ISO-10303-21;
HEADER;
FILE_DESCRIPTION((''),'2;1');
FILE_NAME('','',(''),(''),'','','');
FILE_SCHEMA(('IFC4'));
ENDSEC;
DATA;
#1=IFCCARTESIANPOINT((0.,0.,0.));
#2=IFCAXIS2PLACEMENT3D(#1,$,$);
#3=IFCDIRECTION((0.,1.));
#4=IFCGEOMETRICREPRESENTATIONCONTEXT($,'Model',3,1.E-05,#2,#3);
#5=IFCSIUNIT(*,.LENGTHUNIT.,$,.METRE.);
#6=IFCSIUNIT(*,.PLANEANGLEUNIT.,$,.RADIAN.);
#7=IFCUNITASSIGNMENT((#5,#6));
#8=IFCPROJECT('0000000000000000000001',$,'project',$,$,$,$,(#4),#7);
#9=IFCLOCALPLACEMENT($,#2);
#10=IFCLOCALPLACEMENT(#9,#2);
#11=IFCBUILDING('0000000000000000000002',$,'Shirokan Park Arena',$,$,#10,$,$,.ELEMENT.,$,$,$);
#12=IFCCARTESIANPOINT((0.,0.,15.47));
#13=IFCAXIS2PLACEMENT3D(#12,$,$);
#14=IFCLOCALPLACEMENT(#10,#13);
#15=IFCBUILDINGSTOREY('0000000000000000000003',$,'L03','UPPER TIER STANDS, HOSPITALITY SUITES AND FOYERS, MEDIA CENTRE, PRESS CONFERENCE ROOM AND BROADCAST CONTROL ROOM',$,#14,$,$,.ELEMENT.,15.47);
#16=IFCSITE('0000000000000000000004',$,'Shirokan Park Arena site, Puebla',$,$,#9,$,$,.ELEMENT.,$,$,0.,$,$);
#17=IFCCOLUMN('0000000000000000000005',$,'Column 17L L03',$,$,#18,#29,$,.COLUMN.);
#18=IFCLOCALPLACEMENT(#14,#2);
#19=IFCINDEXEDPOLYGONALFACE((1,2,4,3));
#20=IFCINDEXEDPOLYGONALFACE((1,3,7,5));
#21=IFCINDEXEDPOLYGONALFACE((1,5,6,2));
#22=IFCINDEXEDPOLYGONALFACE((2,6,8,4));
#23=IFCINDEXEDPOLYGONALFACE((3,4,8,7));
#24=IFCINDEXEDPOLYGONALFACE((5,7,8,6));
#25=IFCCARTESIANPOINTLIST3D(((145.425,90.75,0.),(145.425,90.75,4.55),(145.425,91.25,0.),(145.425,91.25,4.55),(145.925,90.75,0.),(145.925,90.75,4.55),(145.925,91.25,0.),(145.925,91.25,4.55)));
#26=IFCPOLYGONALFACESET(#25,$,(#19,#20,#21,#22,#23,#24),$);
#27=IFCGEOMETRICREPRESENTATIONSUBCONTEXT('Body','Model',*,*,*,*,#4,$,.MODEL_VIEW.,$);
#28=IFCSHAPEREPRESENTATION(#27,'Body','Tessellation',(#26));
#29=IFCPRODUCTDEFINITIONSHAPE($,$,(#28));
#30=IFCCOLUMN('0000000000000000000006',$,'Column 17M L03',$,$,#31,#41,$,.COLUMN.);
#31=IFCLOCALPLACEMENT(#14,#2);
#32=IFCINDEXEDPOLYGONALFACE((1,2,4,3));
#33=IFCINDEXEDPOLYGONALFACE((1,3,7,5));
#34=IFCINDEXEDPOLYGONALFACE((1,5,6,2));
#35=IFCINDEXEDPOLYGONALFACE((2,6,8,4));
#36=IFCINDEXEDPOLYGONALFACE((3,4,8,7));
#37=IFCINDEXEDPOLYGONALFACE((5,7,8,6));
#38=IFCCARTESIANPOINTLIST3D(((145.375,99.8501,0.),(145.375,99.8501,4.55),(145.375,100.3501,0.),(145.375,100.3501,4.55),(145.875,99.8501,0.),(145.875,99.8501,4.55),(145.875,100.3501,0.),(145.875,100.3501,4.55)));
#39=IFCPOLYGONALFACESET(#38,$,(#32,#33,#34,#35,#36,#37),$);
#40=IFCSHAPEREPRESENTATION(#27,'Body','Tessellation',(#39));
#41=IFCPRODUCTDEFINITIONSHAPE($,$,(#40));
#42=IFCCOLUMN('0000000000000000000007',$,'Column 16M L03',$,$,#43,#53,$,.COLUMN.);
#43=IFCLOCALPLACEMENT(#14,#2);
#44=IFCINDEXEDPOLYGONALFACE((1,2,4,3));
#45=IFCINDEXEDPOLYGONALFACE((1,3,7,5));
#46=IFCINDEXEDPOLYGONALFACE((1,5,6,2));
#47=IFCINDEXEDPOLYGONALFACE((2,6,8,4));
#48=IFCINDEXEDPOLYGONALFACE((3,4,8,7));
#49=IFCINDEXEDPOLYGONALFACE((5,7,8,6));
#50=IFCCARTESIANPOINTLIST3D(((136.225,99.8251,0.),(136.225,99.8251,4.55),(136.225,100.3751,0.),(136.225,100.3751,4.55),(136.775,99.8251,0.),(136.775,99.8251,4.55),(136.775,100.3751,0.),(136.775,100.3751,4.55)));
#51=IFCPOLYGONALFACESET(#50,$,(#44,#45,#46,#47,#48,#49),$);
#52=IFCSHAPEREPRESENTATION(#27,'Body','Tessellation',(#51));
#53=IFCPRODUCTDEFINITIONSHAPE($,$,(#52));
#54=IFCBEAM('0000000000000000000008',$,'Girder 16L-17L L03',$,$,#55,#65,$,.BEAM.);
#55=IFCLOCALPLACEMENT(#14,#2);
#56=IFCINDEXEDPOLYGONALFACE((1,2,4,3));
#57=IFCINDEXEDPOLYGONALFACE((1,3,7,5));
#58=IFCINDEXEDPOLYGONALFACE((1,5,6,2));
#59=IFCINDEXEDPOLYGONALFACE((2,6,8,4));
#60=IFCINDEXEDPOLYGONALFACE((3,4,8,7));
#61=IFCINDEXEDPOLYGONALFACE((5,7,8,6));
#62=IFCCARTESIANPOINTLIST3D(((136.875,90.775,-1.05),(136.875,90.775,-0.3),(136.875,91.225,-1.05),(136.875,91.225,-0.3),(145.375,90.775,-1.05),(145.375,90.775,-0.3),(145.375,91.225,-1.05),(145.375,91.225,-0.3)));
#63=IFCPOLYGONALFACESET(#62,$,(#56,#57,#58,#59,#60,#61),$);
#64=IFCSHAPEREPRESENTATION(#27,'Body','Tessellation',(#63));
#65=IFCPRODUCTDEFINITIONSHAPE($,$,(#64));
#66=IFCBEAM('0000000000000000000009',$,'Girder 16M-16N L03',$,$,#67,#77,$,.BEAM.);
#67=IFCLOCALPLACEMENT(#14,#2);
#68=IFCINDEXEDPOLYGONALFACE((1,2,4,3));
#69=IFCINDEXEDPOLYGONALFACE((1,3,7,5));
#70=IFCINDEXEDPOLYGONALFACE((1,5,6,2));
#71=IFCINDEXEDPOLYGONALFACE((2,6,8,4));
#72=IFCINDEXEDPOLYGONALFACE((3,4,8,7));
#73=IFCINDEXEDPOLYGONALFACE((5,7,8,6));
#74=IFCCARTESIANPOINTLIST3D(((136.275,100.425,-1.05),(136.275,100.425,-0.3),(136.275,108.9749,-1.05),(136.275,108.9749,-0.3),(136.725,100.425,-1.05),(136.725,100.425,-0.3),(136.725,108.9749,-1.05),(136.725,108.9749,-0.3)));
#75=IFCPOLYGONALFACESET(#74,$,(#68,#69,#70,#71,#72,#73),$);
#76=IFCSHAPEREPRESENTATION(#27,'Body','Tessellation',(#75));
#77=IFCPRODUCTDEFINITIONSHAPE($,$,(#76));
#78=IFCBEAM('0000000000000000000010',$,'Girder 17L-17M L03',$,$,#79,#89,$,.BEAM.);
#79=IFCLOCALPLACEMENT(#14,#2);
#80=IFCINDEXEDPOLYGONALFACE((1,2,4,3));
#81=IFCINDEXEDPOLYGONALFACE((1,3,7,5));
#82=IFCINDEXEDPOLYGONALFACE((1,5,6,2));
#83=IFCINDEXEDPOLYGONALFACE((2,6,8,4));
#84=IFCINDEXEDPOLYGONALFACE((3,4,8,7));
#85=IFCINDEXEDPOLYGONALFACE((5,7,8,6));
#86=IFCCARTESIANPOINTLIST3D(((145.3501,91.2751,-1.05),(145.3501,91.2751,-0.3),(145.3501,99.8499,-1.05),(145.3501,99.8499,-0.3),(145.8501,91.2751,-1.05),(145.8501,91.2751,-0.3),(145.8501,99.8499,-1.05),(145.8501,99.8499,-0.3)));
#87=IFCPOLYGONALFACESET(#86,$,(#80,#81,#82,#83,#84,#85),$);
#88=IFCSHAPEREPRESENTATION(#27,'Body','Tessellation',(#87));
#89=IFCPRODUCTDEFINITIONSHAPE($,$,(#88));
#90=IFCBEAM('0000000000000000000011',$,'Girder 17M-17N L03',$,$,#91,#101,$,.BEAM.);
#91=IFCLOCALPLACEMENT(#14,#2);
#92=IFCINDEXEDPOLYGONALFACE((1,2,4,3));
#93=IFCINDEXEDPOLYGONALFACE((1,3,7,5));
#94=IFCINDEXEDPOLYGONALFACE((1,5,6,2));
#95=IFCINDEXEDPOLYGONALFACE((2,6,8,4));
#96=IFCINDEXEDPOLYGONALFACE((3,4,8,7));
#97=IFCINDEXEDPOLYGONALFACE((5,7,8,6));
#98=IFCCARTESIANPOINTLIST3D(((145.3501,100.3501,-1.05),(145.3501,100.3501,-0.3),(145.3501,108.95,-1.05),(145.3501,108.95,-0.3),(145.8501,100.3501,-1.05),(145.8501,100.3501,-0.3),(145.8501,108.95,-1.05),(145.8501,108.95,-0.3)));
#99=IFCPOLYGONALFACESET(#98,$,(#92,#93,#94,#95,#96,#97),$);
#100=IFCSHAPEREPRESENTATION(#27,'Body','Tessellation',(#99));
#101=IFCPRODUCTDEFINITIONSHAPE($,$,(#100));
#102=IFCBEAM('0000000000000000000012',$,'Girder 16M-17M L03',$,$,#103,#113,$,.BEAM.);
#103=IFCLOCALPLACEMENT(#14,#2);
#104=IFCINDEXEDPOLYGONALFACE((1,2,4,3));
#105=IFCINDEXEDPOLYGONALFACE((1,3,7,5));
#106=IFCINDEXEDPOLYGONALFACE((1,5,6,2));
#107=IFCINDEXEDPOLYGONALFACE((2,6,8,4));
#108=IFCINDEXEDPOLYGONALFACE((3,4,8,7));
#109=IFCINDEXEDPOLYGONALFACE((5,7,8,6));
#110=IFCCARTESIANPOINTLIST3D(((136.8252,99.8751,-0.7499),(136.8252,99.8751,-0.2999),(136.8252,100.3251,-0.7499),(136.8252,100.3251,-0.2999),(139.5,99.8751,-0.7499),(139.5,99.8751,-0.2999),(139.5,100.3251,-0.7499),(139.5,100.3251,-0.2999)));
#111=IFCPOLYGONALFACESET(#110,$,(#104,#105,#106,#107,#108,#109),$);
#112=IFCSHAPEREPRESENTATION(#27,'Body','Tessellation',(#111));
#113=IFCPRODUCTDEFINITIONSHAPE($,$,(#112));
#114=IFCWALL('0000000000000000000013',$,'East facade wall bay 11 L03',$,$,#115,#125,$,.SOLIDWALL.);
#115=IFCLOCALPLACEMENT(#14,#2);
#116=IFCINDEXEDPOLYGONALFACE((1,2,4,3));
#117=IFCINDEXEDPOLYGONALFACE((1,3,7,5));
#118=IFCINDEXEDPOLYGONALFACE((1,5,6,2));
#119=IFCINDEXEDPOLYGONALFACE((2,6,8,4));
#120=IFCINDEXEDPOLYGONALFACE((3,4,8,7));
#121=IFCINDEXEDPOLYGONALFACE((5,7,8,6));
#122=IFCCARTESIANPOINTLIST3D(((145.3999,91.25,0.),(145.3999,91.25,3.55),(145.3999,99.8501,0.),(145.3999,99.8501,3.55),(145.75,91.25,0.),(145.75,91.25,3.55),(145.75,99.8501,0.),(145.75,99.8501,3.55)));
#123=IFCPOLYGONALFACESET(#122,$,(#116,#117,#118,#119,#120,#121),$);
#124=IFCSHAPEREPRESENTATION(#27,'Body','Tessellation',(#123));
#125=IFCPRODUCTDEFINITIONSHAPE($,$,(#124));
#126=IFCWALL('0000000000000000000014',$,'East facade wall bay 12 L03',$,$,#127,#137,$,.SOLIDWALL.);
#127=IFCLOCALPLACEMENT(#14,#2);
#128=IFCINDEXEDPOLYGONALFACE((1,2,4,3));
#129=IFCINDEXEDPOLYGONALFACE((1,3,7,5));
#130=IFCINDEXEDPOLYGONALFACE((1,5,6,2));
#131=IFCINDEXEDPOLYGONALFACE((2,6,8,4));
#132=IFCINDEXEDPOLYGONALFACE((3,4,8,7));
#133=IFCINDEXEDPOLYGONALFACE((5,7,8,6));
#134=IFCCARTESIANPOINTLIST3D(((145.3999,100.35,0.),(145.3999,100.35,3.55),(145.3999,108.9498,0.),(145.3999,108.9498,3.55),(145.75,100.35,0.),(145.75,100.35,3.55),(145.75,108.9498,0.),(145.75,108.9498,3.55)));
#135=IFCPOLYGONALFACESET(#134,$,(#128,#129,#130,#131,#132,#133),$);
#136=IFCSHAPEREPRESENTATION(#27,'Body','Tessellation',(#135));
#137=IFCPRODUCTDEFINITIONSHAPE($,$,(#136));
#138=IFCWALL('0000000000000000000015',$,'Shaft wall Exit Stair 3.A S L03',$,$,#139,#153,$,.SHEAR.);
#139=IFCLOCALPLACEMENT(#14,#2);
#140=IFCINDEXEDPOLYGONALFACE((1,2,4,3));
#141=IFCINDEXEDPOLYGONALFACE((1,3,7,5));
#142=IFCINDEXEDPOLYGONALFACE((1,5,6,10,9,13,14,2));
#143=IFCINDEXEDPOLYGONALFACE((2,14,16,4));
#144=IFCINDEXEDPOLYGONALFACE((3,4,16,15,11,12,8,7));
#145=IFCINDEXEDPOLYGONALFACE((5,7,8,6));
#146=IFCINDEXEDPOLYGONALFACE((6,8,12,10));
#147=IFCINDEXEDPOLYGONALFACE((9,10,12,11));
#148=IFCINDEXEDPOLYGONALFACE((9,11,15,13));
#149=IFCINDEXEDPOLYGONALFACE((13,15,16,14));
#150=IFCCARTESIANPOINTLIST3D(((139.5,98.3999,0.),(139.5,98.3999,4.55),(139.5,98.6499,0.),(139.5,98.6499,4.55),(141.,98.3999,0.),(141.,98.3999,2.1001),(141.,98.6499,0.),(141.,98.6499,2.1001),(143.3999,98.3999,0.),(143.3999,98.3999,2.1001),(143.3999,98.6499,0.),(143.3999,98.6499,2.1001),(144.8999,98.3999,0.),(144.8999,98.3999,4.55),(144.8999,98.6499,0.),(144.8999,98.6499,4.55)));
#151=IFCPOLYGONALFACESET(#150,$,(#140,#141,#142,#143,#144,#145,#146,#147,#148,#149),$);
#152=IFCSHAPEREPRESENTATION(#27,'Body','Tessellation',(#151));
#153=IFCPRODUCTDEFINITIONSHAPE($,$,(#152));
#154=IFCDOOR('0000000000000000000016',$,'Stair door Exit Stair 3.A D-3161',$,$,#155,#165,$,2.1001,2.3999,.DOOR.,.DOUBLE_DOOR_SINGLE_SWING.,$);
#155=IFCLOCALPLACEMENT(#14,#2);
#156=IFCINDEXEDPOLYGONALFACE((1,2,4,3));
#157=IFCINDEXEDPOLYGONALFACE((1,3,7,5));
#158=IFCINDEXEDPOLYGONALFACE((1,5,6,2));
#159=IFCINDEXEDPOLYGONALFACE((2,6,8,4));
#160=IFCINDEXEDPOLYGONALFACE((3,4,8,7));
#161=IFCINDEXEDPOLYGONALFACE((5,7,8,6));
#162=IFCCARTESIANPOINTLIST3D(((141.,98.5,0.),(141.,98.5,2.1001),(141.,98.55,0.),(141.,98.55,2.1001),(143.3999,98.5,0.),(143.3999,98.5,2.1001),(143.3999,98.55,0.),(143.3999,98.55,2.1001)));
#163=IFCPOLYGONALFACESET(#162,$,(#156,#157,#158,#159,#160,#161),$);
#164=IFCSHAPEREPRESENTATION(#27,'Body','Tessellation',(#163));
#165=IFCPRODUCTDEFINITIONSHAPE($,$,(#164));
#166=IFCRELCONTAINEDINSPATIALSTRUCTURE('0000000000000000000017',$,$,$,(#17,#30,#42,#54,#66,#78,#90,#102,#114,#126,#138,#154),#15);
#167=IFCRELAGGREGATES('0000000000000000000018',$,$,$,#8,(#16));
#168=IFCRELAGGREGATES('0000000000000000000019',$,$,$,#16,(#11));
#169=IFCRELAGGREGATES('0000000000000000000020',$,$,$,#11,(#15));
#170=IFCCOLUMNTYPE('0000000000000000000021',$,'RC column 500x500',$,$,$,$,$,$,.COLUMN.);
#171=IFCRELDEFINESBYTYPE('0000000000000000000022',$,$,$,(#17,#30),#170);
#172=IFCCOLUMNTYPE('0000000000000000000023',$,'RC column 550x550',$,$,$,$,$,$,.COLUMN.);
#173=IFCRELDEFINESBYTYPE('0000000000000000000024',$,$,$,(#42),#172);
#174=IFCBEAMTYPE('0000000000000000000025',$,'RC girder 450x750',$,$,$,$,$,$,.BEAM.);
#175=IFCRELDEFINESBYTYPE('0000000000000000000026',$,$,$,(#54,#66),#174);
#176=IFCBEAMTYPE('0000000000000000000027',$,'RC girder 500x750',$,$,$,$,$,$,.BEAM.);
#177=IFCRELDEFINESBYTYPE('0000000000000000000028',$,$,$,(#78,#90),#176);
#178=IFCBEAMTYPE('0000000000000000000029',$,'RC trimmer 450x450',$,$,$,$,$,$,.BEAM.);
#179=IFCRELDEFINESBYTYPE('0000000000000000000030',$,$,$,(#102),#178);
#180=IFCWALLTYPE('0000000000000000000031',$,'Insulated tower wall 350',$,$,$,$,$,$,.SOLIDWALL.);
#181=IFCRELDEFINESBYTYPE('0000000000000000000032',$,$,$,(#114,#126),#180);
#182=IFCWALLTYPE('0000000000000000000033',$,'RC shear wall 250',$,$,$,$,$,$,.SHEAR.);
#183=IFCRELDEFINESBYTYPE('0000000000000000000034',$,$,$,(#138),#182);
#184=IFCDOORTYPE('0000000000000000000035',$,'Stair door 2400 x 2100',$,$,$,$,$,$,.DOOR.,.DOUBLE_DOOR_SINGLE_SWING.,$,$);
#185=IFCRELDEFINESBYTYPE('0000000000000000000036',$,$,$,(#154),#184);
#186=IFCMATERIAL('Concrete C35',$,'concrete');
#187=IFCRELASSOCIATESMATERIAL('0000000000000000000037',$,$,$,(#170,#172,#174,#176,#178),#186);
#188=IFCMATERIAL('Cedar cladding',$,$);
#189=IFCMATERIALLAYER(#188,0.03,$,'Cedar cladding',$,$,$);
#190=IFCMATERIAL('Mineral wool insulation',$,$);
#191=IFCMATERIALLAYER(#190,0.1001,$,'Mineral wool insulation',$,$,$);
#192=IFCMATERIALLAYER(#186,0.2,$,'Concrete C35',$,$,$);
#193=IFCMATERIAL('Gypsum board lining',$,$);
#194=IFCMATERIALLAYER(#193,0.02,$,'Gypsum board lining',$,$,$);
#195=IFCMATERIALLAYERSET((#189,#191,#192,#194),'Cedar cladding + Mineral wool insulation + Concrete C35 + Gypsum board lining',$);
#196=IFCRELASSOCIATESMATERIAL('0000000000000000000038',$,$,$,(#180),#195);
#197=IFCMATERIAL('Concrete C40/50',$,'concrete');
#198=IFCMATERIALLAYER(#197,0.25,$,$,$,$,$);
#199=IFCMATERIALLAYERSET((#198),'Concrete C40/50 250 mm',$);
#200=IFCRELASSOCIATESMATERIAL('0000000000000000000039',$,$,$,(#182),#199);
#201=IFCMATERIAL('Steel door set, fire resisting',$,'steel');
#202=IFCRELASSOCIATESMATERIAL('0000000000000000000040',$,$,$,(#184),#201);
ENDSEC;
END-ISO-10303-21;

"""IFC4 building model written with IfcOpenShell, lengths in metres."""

from ifc_helpers import new_model, si_unit, direction, frame, frame_2d, origin, origin_2d, place, context, subcontext, project, spatial, rectangle, extrude, material, layer, layer_set, material_profile, profile_set, type_object, element, fill, save


model = new_model("IFC4")

# Units and contexts
model_context = context("Model", 3, precision=1e-05, world=origin(), true_north=direction((0.0, 1.0)))
body_context = subcontext(model_context, "Body", "Model", "MODEL_VIEW")
ifc_project = project(units=[si_unit("LENGTHUNIT", "METRE"), si_unit("PLANEANGLEUNIT", "RADIAN")], contexts=[model_context])

# Site, building, storey
site_placement = place(None, origin())
site = spatial("IfcSite", under=ifc_project, at=site_placement, Name="Shirokan Park Arena site, Puebla", CompositionType="ELEMENT", RefElevation=0.0)
building_placement = place(site_placement, origin())
building = spatial("IfcBuilding", under=site, at=building_placement, Name="Shirokan Park Arena", CompositionType="ELEMENT")
storey_placement = place(building_placement, frame((0.0, 0.0, 15.47)))
storey = spatial("IfcBuildingStorey", under=building, at=storey_placement, Name="L03", Description="UPPER TIER STANDS, HOSPITALITY SUITES AND FOYERS, MEDIA CENTRE, PRESS CONFERENCE ROOM AND BROADCAST CONTROL ROOM", CompositionType="ELEMENT", Elevation=15.47)

# Columns
ifc_material_1 = material(Name="Concrete C35", Category="concrete")
ifc_material_profile_1 = material_profile(ifc_material_1, rectangle(XDim=0.5, YDim=0.5, at=origin_2d()), Name="500x500")
ifc_profile_set_1 = profile_set([ifc_material_profile_1], Name="Concrete C35")
column_type_1 = type_object("IfcColumnType", Name="RC column 500x500", PredefinedType="COLUMN", material=ifc_profile_set_1)
for number, where, z_axis, x_axis, name in (
    (1, (145.675, 91.0, 0.0), (0.0, 0.0, 1.0), (1.0, 0.0, 0.0), "Column 17L L03"),
    (2, (145.625, 100.1001, 0.0), (0.0, 0.0, 1.0), (1.0, 0.0, 0.0), "Column 17M L03"),
):
    element("IfcColumn", number, at=place(storey_placement, frame(where, z_axis=z_axis, x_axis=x_axis)), inside=storey, type_object=column_type_1, Name=name, PredefinedType="COLUMN", context=body_context, shape_type="SweptSolid", body=[
        extrude(rectangle(XDim=0.5, YDim=0.5, at=origin_2d()), origin(), (0.0, 0.0, 1.0), 4.55),
    ])
ifc_material_profile_2 = material_profile(ifc_material_1, rectangle(XDim=0.55, YDim=0.55, at=origin_2d()), Name="550x550")
ifc_profile_set_2 = profile_set([ifc_material_profile_2], Name="Concrete C35")
column_type_2 = type_object("IfcColumnType", Name="RC column 550x550", PredefinedType="COLUMN", material=ifc_profile_set_2)
column_placement = place(storey_placement, frame((136.5, 100.1001, 0.0), z_axis=(0.0, 0.0, 1.0), x_axis=(1.0, 0.0, 0.0)))
element("IfcColumn", 3, at=column_placement, inside=storey, type_object=column_type_2, Name="Column 16M L03", PredefinedType="COLUMN", context=body_context, shape_type="SweptSolid", body=[
    extrude(rectangle(XDim=0.55, YDim=0.55, at=origin_2d()), origin(), (0.0, 0.0, 1.0), 4.55),
])

# Beams
ifc_material_profile_3 = material_profile(ifc_material_1, rectangle(XDim=0.45, YDim=0.75, at=origin_2d()), Name="450x750")
ifc_profile_set_3 = profile_set([ifc_material_profile_3], Name="Concrete C35")
beam_type_1 = type_object("IfcBeamType", Name="RC girder 450x750", PredefinedType="BEAM", material=ifc_profile_set_3)
beam_1_placement = place(storey_placement, frame((136.875, 91.0, -0.675), z_axis=(1.0, 0.0, 0.0), x_axis=(0.0, 1.0, 0.0)))
element("IfcBeam", 4, at=beam_1_placement, inside=storey, type_object=beam_type_1, Name="Girder 16L-17L L03", PredefinedType="BEAM", context=body_context, shape_type="SweptSolid", body=[
    extrude(rectangle(XDim=0.45, YDim=0.75, at=origin_2d()), origin(), (0.0, 0.0, 1.0), 8.5),
])
beam_2_placement = place(storey_placement, frame((136.5, 100.425, -0.675), z_axis=(0.0, 1.0, 0.0), x_axis=(-1.0, 0.0, 0.0)))
element("IfcBeam", 5, at=beam_2_placement, inside=storey, type_object=beam_type_1, Name="Girder 16M-16N L03", PredefinedType="BEAM", context=body_context, shape_type="SweptSolid", body=[
    extrude(rectangle(XDim=0.45, YDim=0.75, at=origin_2d()), origin(), (0.0, 0.0, 1.0), 8.5498),
])
ifc_material_profile_4 = material_profile(ifc_material_1, rectangle(XDim=0.5, YDim=0.75, at=origin_2d()), Name="500x750")
ifc_profile_set_4 = profile_set([ifc_material_profile_4], Name="Concrete C35")
beam_type_2 = type_object("IfcBeamType", Name="RC girder 500x750", PredefinedType="BEAM", material=ifc_profile_set_4)
beam_3_placement = place(storey_placement, frame((145.6001, 91.2751, -0.675), z_axis=(0.0, 1.0, 0.0), x_axis=(-1.0, 0.0, 0.0)))
element("IfcBeam", 6, at=beam_3_placement, inside=storey, type_object=beam_type_2, Name="Girder 17L-17M L03", PredefinedType="BEAM", context=body_context, shape_type="SweptSolid", body=[
    extrude(rectangle(XDim=0.5, YDim=0.75, at=origin_2d()), origin(), (0.0, 0.0, 1.0), 8.5747),
])
beam_4_placement = place(storey_placement, frame((145.6001, 100.3501, -0.675), z_axis=(0.0, 1.0, 0.0), x_axis=(-1.0, 0.0, 0.0)))
element("IfcBeam", 7, at=beam_4_placement, inside=storey, type_object=beam_type_2, Name="Girder 17M-17N L03", PredefinedType="BEAM", context=body_context, shape_type="SweptSolid", body=[
    extrude(rectangle(XDim=0.5, YDim=0.75, at=origin_2d()), origin(), (0.0, 0.0, 1.0), 8.5999),
])
ifc_material_profile_5 = material_profile(ifc_material_1, rectangle(XDim=0.45, YDim=0.45, at=origin_2d()), Name="450x450")
ifc_profile_set_5 = profile_set([ifc_material_profile_5], Name="Concrete C35")
beam_type_3 = type_object("IfcBeamType", Name="RC trimmer 450x450", PredefinedType="BEAM", material=ifc_profile_set_5)
beam_5_placement = place(storey_placement, frame((136.8252, 100.1001, -0.5249), z_axis=(1.0, 0.0, 0.0), x_axis=(0.0, 1.0, 0.0)))
element("IfcBeam", 8, at=beam_5_placement, inside=storey, type_object=beam_type_3, Name="Girder 16M-17M L03", PredefinedType="BEAM", context=body_context, shape_type="SweptSolid", body=[
    extrude(rectangle(XDim=0.45, YDim=0.45, at=origin_2d()), origin(), (0.0, 0.0, 1.0), 2.6748),
])

# Walls
ifc_material_2 = material(Name="Cedar cladding")
ifc_layer_1 = layer(ifc_material_2, 0.03, Name="Cedar cladding")
ifc_material_3 = material(Name="Mineral wool insulation")
ifc_layer_2 = layer(ifc_material_3, 0.1001, Name="Mineral wool insulation")
ifc_layer_3 = layer(ifc_material_1, 0.2, Name="Concrete C35")
ifc_material_4 = material(Name="Gypsum board lining")
ifc_layer_4 = layer(ifc_material_4, 0.02, Name="Gypsum board lining")
ifc_layer_set_1 = layer_set([ifc_layer_1, ifc_layer_2, ifc_layer_3, ifc_layer_4], Name="Cedar cladding + Mineral wool insulation + Concrete C35 + Gypsum board lining")
wall_type_1 = type_object("IfcWallType", Name="Insulated tower wall 350", PredefinedType="SOLIDWALL", material=ifc_layer_set_1)
wall_1_placement = place(storey_placement, frame((145.575, 91.25, 0.0), z_axis=(0.0, 0.0, 1.0), x_axis=(0.0, 1.0, 0.0)))
element("IfcWall", 9, at=wall_1_placement, inside=storey, type_object=wall_type_1, Name="East facade wall bay 11 L03", PredefinedType="SOLIDWALL", context=body_context, shape_type="SweptSolid", body=[
    extrude(rectangle(XDim=8.6001, YDim=0.3501, at=frame_2d((4.3, 0.0))), origin(), (0.0, 0.0, 1.0), 3.55),
])
wall_2_placement = place(storey_placement, frame((145.575, 100.3501, 0.0), z_axis=(0.0, 0.0, 1.0), x_axis=(0.0, 1.0, 0.0)))
element("IfcWall", 10, at=wall_2_placement, inside=storey, type_object=wall_type_1, Name="East facade wall bay 12 L03", PredefinedType="SOLIDWALL", context=body_context, shape_type="SweptSolid", body=[
    extrude(rectangle(XDim=8.5999, YDim=0.3501, at=frame_2d((4.2998, 0.0))), origin(), (0.0, 0.0, 1.0), 3.55),
])

# Wall, opening, door
ifc_material_5 = material(Name="Concrete C40/50", Category="concrete")
ifc_layer_5 = layer(ifc_material_5, 0.25)
ifc_layer_set_2 = layer_set([ifc_layer_5], Name="Concrete C40/50 250 mm")
wall_type_2 = type_object("IfcWallType", Name="RC shear wall 250", PredefinedType="SHEAR", material=ifc_layer_set_2)
wall_3_placement = place(storey_placement, frame((144.8999, 98.5249, 0.0), z_axis=(0.0, 0.0, 1.0), x_axis=(-1.0, 0.0, 0.0)))
wall_3 = element("IfcWall", 11, at=wall_3_placement, inside=storey, type_object=wall_type_2, Name="Shaft wall Exit Stair 3.A S L03", PredefinedType="SHEAR", context=body_context, shape_type="SweptSolid", body=[
    extrude(rectangle(XDim=5.3999, YDim=0.25, at=frame_2d((2.7, 0.0))), origin(), (0.0, 0.0, 1.0), 4.55),
])
opening_1_placement = place(wall_3_placement, frame((1.5, 0.0, 0.0)))
opening_1 = element("IfcOpeningElement", 12, at=opening_1_placement, cuts=wall_3, PredefinedType="OPENING", context=body_context, shape_type="SweptSolid", body=[
    extrude(rectangle(XDim=2.3999, YDim=2.1001, at=frame_2d((1.2, 1.05))), frame((0.0, 0.135, 0.0), z_axis=(0.0, -1.0, 0.0), x_axis=(1.0, 0.0, 0.0)), (0.0, 0.0, 1.0), 0.27),
])
ifc_material_6 = material(Name="Steel door set, fire resisting", Category="steel")
door_type = type_object("IfcDoorType", Name="Stair door 2400 x 2100", OperationType="DOUBLE_DOOR_SINGLE_SWING", PredefinedType="DOOR", material=ifc_material_6)
door_1_placement = place(opening_1_placement, origin())
door_1 = element("IfcDoor", 13, at=door_1_placement, inside=storey, type_object=door_type, Name="Stair door Exit Stair 3.A D-3161", OperationType="DOUBLE_DOOR_SINGLE_SWING", OverallHeight=2.1001, OverallWidth=2.3999, PredefinedType="DOOR", context=body_context, shape_type="SweptSolid", body=[
    extrude(rectangle(XDim=2.3999, YDim=2.1001, at=frame_2d((1.2, 1.05))), frame((0.0, 0.0249, 0.0), z_axis=(0.0, -1.0, 0.0), x_axis=(1.0, 0.0, 0.0)), (0.0, 0.0, 1.0), 0.05),
])
fill(opening_1, door_1)

save(model, "model.ifc")
